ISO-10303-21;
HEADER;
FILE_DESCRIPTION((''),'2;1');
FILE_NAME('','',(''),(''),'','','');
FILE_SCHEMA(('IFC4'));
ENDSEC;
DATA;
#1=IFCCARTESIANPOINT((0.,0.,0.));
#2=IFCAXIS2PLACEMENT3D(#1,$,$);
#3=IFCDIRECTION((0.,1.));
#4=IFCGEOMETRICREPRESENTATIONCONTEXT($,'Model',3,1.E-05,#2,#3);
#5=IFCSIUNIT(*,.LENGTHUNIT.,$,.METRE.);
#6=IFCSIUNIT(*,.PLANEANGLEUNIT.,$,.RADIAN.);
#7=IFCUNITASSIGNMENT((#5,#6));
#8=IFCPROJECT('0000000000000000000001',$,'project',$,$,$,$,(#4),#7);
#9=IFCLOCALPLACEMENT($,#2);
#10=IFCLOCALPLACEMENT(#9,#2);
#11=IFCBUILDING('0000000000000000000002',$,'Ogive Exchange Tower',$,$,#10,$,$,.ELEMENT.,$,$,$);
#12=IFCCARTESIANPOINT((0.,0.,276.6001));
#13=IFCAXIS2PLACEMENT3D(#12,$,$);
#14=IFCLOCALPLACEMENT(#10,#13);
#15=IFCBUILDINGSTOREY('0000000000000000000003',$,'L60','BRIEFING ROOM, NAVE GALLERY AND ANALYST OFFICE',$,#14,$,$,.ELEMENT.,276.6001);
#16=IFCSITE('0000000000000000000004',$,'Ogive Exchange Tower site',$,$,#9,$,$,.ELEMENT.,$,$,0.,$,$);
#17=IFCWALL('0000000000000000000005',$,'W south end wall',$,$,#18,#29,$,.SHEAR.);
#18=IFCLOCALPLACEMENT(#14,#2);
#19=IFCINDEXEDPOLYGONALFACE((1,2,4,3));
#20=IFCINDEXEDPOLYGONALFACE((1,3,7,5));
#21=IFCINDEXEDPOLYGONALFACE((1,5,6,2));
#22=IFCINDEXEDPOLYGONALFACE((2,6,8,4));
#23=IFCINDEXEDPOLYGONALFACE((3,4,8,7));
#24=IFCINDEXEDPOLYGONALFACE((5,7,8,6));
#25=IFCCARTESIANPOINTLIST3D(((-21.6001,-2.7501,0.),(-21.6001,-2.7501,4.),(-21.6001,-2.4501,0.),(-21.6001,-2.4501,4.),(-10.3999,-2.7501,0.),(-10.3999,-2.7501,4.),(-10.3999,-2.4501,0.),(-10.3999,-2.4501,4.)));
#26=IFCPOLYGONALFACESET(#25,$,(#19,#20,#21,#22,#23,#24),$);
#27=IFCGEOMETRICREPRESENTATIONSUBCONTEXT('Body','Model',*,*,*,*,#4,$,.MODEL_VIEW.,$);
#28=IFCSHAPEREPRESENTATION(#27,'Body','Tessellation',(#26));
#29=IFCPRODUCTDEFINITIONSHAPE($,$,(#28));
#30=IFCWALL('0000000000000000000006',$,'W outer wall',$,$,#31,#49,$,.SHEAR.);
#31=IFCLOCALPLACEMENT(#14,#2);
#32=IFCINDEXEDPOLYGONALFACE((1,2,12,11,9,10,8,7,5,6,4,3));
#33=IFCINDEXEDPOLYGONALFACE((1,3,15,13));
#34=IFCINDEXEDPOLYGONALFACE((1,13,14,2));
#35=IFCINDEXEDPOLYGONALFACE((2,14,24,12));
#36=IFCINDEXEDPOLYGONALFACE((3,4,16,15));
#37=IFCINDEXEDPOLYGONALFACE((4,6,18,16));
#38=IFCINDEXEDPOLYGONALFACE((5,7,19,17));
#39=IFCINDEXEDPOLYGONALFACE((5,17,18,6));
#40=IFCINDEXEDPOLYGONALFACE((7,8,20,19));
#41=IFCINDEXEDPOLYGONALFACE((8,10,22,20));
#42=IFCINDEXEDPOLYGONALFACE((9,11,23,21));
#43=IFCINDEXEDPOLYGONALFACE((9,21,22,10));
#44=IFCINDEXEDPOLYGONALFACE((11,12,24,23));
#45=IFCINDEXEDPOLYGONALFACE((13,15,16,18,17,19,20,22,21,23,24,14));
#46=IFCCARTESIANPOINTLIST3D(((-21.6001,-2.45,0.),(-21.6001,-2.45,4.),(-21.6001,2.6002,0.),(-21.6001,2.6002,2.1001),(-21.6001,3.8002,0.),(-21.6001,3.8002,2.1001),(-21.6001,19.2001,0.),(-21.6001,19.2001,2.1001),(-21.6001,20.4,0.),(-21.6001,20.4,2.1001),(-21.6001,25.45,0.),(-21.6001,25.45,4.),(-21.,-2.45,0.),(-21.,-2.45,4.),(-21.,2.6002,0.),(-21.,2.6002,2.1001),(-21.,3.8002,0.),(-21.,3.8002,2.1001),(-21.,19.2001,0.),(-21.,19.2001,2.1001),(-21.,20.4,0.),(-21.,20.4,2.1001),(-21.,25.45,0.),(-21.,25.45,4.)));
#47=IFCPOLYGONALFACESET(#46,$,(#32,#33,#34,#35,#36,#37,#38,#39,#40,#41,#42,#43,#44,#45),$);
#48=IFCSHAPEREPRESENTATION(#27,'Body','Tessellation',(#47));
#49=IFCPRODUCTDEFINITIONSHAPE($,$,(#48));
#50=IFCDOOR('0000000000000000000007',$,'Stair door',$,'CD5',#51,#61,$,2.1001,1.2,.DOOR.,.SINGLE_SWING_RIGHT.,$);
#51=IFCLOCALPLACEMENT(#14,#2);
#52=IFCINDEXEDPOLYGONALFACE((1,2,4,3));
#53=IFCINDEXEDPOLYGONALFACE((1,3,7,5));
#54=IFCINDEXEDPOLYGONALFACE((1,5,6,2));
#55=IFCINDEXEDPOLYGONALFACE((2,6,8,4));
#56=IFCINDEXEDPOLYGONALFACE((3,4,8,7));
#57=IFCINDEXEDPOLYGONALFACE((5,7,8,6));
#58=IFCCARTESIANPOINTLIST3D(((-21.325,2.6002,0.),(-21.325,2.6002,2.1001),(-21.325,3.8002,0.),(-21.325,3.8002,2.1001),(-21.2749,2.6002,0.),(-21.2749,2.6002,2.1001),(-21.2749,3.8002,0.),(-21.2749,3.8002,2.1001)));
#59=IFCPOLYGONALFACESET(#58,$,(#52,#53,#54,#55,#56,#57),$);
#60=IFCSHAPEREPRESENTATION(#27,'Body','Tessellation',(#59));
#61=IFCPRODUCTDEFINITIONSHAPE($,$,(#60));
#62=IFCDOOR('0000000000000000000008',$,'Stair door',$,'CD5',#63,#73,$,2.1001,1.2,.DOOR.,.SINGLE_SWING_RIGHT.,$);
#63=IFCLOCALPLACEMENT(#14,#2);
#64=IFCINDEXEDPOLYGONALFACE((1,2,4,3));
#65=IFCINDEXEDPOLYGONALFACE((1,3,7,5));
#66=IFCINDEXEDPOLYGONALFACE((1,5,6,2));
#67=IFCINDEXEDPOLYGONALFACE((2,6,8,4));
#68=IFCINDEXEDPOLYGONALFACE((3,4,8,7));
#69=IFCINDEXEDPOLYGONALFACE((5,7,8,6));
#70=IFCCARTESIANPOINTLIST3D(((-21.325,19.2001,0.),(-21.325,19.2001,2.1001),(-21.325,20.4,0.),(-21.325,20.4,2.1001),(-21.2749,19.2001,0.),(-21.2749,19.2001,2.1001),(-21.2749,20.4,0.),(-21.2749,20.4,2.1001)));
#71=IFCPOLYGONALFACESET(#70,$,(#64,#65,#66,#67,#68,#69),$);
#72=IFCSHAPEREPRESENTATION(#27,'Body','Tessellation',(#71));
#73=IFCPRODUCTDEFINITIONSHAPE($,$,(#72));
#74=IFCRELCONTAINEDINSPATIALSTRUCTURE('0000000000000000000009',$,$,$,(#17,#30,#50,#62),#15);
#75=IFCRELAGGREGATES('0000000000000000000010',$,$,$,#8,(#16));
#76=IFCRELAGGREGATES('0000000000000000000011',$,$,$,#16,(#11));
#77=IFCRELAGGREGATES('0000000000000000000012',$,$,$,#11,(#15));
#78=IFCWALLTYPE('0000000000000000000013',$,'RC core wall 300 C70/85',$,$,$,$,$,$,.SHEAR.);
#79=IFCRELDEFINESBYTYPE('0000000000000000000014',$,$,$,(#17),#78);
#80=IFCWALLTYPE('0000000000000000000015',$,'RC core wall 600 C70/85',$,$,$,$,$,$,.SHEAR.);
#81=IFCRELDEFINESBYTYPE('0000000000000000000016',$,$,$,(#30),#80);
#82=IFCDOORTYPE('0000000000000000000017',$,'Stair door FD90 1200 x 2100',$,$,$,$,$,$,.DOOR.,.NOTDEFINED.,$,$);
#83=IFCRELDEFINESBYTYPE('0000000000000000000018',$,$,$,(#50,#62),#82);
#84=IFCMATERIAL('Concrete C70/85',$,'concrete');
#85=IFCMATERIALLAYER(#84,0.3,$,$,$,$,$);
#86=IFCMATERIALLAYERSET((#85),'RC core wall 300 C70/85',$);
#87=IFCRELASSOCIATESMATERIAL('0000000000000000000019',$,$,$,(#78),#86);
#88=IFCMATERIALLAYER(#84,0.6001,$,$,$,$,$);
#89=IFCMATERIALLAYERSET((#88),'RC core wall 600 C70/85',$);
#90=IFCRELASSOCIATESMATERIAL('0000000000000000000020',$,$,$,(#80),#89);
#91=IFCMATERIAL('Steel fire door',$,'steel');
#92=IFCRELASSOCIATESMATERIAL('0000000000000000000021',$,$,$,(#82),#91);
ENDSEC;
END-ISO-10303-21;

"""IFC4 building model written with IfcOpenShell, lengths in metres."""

from ifc_helpers import new_model, si_unit, direction, frame, frame_2d, origin, place, context, subcontext, project, spatial, rectangle, extrude, material, layer, layer_set, type_object, element, fill, save


model = new_model("IFC4")

# Units and contexts
model_context = context("Model", 3, precision=1e-05, world=origin(), true_north=direction((0.0, 1.0)))
body_context = subcontext(model_context, "Body", "Model", "MODEL_VIEW")
ifc_project = project(units=[si_unit("LENGTHUNIT", "METRE"), si_unit("PLANEANGLEUNIT", "RADIAN")], contexts=[model_context])

# Site, building, storey
site_placement = place(None, origin())
site = spatial("IfcSite", under=ifc_project, at=site_placement, Name="Ogive Exchange Tower site", CompositionType="ELEMENT", RefElevation=0.0)
building_placement = place(site_placement, origin())
building = spatial("IfcBuilding", under=site, at=building_placement, Name="Ogive Exchange Tower", CompositionType="ELEMENT")
storey_placement = place(building_placement, frame((0.0, 0.0, 276.6001)))
storey = spatial("IfcBuildingStorey", under=building, at=storey_placement, Name="L60", Description="BRIEFING ROOM, NAVE GALLERY AND ANALYST OFFICE", CompositionType="ELEMENT", Elevation=276.6001)

# Wall
ifc_material_1 = material(Name="Concrete C70/85", Category="concrete")
ifc_layer_1 = layer(ifc_material_1, 0.3)
ifc_layer_set_1 = layer_set([ifc_layer_1], Name="RC core wall 300 C70/85")
wall_type_1 = type_object("IfcWallType", Name="RC core wall 300 C70/85", PredefinedType="SHEAR", material=ifc_layer_set_1)
wall_1_placement = place(storey_placement, frame((-21.6001, -2.6001, 0.0), z_axis=(0.0, 0.0, 1.0), x_axis=(1.0, 0.0, 0.0)))
element("IfcWall", 1, at=wall_1_placement, inside=storey, type_object=wall_type_1, Name="W south end wall", PredefinedType="SHEAR", context=body_context, shape_type="SweptSolid", body=[
    extrude(rectangle(XDim=11.2002, YDim=0.3, at=frame_2d((5.6001, 0.0))), origin(), (0.0, 0.0, 1.0), 4.0),
])

# Wall, openings, doors
ifc_layer_2 = layer(ifc_material_1, 0.6001)
ifc_layer_set_2 = layer_set([ifc_layer_2], Name="RC core wall 600 C70/85")
wall_type_2 = type_object("IfcWallType", Name="RC core wall 600 C70/85", PredefinedType="SHEAR", material=ifc_layer_set_2)
wall_2_placement = place(storey_placement, frame((-21.3, -2.45, 0.0), z_axis=(0.0, 0.0, 1.0), x_axis=(0.0, 1.0, 0.0)))
wall_2 = element("IfcWall", 2, at=wall_2_placement, inside=storey, type_object=wall_type_2, Name="W outer wall", PredefinedType="SHEAR", context=body_context, shape_type="SweptSolid", body=[
    extrude(rectangle(XDim=27.8999, YDim=0.6001, at=frame_2d((13.95, 0.0))), origin(), (0.0, 0.0, 1.0), 4.0),
])
opening_1_placement = place(wall_2_placement, frame((5.05, 0.0, 0.0)))
opening_1 = element("IfcOpeningElement", 3, at=opening_1_placement, cuts=wall_2, PredefinedType="OPENING", context=body_context, shape_type="SweptSolid", body=[
    extrude(rectangle(XDim=1.2, YDim=2.1001, at=frame_2d((0.6001, 1.05))), frame((0.0, 0.3101, 0.0), z_axis=(0.0, -1.0, 0.0), x_axis=(1.0, 0.0, 0.0)), (0.0, 0.0, 1.0), 0.6201),
])
opening_2_placement = place(wall_2_placement, frame((21.6499, 0.0, 0.0)))
opening_2 = element("IfcOpeningElement", 4, at=opening_2_placement, cuts=wall_2, PredefinedType="OPENING", context=body_context, shape_type="SweptSolid", body=[
    extrude(rectangle(XDim=1.2, YDim=2.1001, at=frame_2d((0.6001, 1.05))), frame((0.0, 0.3101, 0.0), z_axis=(0.0, -1.0, 0.0), x_axis=(1.0, 0.0, 0.0)), (0.0, 0.0, 1.0), 0.6201),
])
ifc_material_2 = material(Name="Steel fire door", Category="steel")
door_type_1 = type_object("IfcDoorType", Name="Stair door FD90 1200 x 2100", OperationType="NOTDEFINED", PredefinedType="DOOR", material=ifc_material_2)
door_1_placement = place(opening_1_placement, origin())
door_1 = element("IfcDoor", 5, at=door_1_placement, inside=storey, type_object=door_type_1, Name="Stair door", ObjectType="CD5", OperationType="SINGLE_SWING_RIGHT", OverallHeight=2.1001, OverallWidth=1.2, PredefinedType="DOOR", context=body_context, shape_type="SweptSolid", body=[
    extrude(rectangle(XDim=1.2, YDim=2.1001, at=frame_2d((0.6001, 1.05))), frame((0.0, 0.0249, 0.0), z_axis=(0.0, -1.0, 0.0), x_axis=(1.0, 0.0, 0.0)), (0.0, 0.0, 1.0), 0.05),
])
fill(opening_1, door_1)
door_2_placement = place(opening_2_placement, origin())
door_2 = element("IfcDoor", 6, at=door_2_placement, inside=storey, type_object=door_type_1, Name="Stair door", ObjectType="CD5", OperationType="SINGLE_SWING_RIGHT", OverallHeight=2.1001, OverallWidth=1.2, PredefinedType="DOOR", context=body_context, shape_type="SweptSolid", body=[
    extrude(rectangle(XDim=1.2, YDim=2.1001, at=frame_2d((0.6001, 1.05))), frame((0.0, 0.0249, 0.0), z_axis=(0.0, -1.0, 0.0), x_axis=(1.0, 0.0, 0.0)), (0.0, 0.0, 1.0), 0.05),
])
fill(opening_2, door_2)

save(model, "model.ifc")
